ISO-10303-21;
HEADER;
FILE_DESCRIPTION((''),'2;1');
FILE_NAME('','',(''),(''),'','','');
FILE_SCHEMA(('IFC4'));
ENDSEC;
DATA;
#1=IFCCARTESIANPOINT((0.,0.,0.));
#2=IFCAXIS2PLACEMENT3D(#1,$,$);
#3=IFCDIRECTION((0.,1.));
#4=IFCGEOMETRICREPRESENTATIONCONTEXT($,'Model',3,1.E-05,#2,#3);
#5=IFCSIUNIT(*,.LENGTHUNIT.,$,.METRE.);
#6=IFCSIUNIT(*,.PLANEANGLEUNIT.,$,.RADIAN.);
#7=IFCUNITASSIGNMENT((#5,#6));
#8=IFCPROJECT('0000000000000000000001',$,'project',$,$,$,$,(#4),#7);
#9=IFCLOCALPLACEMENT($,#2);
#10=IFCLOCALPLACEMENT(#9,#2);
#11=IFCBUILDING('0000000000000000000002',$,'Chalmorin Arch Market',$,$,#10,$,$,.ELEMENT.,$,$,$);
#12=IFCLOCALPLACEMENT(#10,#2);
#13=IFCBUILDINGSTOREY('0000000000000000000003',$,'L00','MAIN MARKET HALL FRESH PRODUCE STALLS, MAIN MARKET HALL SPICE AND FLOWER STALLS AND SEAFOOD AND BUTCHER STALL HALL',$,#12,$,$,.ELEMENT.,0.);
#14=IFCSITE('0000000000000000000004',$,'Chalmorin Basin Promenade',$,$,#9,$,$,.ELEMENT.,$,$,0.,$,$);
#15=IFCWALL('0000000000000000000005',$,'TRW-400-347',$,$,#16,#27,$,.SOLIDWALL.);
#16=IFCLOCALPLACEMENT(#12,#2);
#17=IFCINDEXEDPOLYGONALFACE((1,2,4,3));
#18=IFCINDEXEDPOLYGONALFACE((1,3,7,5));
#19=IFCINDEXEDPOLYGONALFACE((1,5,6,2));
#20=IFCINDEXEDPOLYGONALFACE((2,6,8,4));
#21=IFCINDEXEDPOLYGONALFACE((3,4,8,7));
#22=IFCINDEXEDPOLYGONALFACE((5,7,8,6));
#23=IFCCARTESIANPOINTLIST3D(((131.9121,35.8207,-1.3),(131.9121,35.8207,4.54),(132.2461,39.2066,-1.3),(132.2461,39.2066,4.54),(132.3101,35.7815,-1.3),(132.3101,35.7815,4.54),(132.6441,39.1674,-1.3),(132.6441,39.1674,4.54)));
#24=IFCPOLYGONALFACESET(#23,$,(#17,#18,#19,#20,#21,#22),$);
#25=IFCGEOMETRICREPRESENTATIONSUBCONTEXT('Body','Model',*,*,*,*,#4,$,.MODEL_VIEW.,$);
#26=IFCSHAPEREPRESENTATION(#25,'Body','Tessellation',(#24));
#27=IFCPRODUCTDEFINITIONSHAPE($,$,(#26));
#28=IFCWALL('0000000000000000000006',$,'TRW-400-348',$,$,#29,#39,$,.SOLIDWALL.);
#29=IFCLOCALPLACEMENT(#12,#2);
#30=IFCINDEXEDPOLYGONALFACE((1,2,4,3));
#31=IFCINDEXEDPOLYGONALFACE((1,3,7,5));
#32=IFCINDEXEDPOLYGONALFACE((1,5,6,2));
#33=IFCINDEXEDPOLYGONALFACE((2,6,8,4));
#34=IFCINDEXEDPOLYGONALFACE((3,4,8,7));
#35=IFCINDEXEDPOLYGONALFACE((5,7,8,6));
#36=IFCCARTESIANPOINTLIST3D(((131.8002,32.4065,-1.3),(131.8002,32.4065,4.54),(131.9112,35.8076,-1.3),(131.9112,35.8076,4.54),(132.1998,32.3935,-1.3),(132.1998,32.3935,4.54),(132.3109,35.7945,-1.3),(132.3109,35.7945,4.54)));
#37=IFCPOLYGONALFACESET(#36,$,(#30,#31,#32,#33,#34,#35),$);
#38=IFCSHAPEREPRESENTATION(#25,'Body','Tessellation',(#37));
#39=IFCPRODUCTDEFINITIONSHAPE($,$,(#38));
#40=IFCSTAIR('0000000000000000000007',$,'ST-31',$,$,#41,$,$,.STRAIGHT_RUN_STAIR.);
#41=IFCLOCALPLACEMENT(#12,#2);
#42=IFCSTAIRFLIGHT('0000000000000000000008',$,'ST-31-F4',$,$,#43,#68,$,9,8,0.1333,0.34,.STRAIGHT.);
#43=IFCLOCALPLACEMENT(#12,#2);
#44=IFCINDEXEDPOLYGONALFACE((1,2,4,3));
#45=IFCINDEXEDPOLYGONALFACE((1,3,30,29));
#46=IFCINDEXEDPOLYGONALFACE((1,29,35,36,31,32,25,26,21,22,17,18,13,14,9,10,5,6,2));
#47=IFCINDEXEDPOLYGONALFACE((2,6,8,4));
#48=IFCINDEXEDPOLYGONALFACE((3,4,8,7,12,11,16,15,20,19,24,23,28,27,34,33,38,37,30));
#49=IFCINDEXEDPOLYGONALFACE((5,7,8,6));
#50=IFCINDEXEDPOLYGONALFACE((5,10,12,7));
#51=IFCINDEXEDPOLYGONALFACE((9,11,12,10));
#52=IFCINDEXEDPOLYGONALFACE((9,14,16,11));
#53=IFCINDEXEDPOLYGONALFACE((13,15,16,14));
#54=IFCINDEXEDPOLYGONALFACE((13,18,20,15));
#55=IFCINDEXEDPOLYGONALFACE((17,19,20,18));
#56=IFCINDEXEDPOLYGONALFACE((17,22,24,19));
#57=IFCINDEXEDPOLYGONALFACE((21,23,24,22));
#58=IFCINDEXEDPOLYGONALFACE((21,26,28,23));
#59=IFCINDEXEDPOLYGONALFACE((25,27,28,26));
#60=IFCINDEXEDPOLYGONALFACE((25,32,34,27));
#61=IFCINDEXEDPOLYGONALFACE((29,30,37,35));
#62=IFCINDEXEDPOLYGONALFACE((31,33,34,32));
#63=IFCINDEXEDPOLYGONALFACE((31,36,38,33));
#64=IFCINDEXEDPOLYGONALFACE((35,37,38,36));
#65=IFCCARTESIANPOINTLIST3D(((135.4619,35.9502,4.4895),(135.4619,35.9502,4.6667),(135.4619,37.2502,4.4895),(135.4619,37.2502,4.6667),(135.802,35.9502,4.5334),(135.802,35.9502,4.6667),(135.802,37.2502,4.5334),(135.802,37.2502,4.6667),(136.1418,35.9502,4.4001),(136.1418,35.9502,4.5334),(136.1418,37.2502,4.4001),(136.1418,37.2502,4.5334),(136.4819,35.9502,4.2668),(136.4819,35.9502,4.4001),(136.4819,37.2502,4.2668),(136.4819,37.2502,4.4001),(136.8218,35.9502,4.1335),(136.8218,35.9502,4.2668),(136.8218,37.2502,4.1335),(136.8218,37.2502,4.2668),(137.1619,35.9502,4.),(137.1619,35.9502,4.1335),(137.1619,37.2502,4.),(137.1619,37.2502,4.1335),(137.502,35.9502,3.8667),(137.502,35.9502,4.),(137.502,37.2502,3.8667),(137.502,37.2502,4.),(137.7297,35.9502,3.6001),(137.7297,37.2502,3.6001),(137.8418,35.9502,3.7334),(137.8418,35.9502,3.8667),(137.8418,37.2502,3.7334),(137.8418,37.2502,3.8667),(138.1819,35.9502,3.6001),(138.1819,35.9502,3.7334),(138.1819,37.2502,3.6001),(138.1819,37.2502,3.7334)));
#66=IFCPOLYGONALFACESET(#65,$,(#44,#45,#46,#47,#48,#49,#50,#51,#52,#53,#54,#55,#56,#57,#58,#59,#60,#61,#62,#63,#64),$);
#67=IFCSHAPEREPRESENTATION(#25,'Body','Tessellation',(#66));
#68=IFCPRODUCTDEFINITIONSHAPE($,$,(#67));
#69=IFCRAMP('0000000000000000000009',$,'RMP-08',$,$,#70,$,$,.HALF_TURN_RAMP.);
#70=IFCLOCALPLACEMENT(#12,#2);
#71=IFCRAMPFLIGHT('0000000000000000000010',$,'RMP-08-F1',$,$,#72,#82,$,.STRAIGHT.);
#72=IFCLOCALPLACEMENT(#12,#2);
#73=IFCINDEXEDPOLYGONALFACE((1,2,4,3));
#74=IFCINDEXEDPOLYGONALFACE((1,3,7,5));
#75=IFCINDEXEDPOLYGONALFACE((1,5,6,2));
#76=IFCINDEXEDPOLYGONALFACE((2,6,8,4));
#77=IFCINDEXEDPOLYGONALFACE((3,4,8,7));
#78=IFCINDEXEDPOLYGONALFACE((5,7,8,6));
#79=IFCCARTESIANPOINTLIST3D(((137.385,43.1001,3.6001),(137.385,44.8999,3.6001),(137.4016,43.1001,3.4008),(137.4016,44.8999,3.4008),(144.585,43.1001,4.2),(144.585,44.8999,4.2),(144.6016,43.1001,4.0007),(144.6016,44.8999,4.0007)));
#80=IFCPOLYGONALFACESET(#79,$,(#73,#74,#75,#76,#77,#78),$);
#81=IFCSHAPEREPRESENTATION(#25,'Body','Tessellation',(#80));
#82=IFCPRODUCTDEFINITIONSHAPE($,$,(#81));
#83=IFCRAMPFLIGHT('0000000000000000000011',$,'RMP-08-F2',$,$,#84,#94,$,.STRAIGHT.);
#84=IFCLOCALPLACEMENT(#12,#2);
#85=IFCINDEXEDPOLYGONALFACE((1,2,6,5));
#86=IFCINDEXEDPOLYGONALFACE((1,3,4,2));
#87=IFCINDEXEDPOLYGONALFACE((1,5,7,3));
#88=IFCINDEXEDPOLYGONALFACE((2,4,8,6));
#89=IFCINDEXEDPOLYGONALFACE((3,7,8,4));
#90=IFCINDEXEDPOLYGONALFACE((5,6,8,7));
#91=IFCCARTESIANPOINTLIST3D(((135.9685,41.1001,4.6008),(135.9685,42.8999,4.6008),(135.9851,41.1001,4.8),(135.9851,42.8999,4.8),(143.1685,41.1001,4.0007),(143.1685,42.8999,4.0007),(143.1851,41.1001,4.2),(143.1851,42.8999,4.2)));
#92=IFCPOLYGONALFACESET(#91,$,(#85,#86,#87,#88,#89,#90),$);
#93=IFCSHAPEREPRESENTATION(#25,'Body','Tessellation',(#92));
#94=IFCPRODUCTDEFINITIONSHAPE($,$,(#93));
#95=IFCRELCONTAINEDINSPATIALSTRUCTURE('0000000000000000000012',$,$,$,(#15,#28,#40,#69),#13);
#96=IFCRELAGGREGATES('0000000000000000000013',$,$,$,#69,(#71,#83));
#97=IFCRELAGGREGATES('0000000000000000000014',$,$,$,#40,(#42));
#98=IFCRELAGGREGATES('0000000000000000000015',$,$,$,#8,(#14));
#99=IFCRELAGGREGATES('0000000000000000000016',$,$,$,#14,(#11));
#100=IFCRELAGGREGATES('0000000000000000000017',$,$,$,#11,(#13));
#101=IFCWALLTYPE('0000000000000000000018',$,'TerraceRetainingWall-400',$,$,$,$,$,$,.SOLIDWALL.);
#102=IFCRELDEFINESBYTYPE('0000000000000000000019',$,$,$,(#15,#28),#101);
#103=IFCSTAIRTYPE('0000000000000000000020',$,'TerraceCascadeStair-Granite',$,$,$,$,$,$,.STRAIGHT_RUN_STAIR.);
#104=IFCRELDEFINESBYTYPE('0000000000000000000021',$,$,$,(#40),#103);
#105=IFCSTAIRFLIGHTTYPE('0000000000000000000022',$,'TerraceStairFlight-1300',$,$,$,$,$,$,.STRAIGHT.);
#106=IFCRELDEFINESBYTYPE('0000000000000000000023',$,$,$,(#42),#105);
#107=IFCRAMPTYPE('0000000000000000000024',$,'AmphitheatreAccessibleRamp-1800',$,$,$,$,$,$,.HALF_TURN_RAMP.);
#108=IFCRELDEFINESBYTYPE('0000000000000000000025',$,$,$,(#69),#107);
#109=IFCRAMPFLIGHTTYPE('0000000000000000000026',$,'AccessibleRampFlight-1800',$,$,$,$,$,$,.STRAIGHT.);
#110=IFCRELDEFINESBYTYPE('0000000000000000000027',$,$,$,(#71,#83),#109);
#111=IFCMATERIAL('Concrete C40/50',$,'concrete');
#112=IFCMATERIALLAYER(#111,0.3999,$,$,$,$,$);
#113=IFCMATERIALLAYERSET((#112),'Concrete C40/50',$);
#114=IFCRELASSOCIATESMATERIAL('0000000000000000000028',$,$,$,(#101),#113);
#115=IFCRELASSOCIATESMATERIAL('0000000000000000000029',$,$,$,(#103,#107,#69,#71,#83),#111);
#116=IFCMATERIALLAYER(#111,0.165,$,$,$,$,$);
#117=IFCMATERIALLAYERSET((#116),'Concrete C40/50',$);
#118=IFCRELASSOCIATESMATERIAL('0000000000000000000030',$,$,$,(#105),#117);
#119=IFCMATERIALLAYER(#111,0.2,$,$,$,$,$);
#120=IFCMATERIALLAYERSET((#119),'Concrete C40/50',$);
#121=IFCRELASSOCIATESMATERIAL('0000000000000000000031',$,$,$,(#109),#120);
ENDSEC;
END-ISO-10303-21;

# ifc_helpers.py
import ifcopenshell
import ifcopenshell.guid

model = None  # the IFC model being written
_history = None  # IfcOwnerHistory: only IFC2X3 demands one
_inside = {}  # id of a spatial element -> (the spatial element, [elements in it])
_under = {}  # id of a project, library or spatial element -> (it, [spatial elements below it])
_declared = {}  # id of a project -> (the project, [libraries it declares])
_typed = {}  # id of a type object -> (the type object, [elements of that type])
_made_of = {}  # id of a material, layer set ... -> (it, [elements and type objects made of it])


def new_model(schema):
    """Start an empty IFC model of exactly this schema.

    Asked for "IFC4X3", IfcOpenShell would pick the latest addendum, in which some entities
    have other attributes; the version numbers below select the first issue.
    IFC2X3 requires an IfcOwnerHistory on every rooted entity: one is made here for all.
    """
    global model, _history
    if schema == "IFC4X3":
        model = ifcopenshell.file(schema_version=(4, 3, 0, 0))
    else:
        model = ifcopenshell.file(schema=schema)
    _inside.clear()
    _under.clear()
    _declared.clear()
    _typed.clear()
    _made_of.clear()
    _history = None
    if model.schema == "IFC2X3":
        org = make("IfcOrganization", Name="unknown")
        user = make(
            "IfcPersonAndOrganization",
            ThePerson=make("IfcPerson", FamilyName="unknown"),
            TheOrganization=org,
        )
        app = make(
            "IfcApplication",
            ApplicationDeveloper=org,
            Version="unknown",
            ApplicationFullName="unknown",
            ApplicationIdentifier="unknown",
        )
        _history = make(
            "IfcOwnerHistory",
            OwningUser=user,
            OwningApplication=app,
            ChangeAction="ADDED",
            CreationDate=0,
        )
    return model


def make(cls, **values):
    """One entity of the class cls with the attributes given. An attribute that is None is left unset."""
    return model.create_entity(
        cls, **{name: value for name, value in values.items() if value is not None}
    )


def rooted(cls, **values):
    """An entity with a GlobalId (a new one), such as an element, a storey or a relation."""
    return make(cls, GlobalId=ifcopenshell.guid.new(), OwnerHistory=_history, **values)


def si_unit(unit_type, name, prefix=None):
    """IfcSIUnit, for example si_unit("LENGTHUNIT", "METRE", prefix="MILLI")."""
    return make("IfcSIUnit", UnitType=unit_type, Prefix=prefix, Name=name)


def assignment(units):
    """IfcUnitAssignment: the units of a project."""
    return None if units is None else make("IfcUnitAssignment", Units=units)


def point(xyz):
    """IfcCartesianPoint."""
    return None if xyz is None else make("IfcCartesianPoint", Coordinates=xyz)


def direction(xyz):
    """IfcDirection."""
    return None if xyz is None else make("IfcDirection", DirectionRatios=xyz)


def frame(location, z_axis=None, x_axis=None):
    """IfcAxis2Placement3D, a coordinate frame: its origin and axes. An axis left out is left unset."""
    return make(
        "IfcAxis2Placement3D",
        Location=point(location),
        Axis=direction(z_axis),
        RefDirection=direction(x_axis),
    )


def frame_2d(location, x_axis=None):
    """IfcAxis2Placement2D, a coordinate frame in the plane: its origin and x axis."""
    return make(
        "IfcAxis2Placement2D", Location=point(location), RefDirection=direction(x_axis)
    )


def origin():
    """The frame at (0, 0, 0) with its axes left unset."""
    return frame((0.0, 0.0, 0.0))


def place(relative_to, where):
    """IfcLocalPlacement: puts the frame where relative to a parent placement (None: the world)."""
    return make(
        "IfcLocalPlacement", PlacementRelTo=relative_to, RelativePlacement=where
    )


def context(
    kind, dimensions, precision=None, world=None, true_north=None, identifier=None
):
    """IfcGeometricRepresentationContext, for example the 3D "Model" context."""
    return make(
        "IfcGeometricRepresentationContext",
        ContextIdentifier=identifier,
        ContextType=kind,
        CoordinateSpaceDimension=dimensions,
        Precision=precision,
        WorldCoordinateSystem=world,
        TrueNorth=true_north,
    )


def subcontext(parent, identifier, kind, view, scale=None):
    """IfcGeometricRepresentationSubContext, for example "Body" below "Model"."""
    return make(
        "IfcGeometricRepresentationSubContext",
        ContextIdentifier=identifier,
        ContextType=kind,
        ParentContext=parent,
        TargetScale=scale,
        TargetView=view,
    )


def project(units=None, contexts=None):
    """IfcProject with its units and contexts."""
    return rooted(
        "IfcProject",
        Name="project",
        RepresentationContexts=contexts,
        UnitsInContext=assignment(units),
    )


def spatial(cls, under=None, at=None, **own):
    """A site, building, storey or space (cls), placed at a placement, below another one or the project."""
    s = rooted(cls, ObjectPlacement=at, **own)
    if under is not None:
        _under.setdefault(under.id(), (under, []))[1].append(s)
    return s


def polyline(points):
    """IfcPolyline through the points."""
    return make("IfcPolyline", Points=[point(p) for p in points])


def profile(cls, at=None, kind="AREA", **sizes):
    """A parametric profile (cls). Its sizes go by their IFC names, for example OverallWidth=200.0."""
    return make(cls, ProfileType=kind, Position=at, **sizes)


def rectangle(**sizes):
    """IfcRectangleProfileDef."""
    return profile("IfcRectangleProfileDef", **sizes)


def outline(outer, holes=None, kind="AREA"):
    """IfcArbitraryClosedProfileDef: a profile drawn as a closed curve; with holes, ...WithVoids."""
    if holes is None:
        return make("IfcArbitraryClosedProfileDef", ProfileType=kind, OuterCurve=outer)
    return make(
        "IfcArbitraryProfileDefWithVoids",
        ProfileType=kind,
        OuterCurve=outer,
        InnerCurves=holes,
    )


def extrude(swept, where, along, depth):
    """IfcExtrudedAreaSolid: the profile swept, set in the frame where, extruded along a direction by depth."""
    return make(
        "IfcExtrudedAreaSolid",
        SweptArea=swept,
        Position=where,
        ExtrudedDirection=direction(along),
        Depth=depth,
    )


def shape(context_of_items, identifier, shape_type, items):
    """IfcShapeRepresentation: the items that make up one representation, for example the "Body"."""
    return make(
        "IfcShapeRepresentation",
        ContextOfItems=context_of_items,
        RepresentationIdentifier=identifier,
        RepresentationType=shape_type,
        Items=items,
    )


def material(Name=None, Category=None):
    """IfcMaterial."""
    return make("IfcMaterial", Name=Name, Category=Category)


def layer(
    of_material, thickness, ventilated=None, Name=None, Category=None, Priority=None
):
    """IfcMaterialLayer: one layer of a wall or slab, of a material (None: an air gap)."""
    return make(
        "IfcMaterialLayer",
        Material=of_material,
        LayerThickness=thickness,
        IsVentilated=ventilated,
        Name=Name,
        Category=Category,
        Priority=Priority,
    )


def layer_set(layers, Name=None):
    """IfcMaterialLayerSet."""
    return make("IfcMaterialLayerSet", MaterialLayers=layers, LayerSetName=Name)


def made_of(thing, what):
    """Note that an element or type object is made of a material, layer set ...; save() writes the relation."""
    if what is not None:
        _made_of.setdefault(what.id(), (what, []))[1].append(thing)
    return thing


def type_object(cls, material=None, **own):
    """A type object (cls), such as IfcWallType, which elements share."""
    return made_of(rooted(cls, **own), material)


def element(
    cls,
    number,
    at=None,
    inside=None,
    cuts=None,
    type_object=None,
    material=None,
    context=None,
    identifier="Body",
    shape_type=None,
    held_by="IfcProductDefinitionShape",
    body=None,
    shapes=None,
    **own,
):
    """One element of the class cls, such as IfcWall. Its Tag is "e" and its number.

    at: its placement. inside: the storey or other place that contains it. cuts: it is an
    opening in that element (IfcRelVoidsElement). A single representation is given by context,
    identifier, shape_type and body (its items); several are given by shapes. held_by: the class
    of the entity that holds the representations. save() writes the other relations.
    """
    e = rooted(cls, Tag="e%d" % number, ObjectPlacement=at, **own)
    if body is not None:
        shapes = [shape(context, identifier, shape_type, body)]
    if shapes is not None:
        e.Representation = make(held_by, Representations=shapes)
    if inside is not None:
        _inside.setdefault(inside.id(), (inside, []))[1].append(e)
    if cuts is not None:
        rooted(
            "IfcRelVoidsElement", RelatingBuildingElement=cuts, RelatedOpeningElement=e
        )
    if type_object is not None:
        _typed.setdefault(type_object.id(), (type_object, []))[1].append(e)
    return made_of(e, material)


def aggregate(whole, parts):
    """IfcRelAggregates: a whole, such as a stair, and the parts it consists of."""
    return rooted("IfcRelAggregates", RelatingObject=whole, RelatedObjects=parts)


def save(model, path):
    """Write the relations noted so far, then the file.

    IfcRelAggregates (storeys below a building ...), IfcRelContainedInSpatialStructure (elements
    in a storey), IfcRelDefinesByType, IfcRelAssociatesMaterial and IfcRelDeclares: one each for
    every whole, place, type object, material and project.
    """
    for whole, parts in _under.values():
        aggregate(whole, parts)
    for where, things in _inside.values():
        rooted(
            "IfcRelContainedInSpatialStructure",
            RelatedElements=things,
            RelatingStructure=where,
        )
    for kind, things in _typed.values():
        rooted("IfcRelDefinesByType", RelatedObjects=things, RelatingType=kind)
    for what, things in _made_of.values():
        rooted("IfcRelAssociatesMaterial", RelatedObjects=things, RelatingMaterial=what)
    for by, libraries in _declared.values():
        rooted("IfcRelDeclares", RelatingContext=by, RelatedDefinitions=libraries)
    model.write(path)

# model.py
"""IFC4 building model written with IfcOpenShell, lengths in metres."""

from ifc_helpers import new_model, si_unit, direction, frame, frame_2d, origin, place, context, subcontext, project, spatial, polyline, rectangle, outline, extrude, material, layer, layer_set, type_object, element, aggregate, save


model = new_model("IFC4")

# Units and contexts
model_context = context("Model", 3, precision=1e-05, world=origin(), true_north=direction((0.0, 1.0)))
body_context = subcontext(model_context, "Body", "Model", "MODEL_VIEW")
ifc_project = project(units=[si_unit("LENGTHUNIT", "METRE"), si_unit("PLANEANGLEUNIT", "RADIAN")], contexts=[model_context])

# Site, building, storey
site_placement = place(None, origin())
site = spatial("IfcSite", under=ifc_project, at=site_placement, Name="Chalmorin Basin Promenade", CompositionType="ELEMENT", RefElevation=0.0)
building_placement = place(site_placement, origin())
building = spatial("IfcBuilding", under=site, at=building_placement, Name="Chalmorin Arch Market", CompositionType="ELEMENT")
storey_placement = place(building_placement, origin())
storey = spatial("IfcBuildingStorey", under=building, at=storey_placement, Name="L00", Description="MAIN MARKET HALL FRESH PRODUCE STALLS, MAIN MARKET HALL SPICE AND FLOWER STALLS AND SEAFOOD AND BUTCHER STALL HALL", CompositionType="ELEMENT", Elevation=0.0)

# Shared definitions
ifc_material_1 = material(Name="Concrete C40/50", Category="concrete")

# Walls
ifc_layer_1 = layer(ifc_material_1, 0.3999)
ifc_layer_set_1 = layer_set([ifc_layer_1], Name="Concrete C40/50")
wall_type_1 = type_object("IfcWallType", Name="TerraceRetainingWall-400", PredefinedType="SOLIDWALL", material=ifc_layer_set_1)
wall_1_placement = place(storey_placement, frame((132.4451, 39.187, -1.3), z_axis=(0.0, 0.0, 1.0), x_axis=(-0.098161, -0.995171, 0.0)))
element("IfcWall", 1, at=wall_1_placement, inside=storey, type_object=wall_type_1, Name="TRW-400-347", PredefinedType="SOLIDWALL", context=body_context, shape_type="SweptSolid", body=[
    extrude(rectangle(XDim=3.4023, YDim=0.3999, at=frame_2d((1.7012, 0.0))), origin(), (0.0, 0.0, 1.0), 5.8401),
])
wall_2_placement = place(storey_placement, frame((132.1111, 35.801, -1.3), z_axis=(0.0, 0.0, 1.0), x_axis=(-0.032644, -0.999467, 0.0)))
element("IfcWall", 2, at=wall_2_placement, inside=storey, type_object=wall_type_1, Name="TRW-400-348", PredefinedType="SOLIDWALL", context=body_context, shape_type="SweptSolid", body=[
    extrude(rectangle(XDim=3.4028, YDim=0.3999, at=frame_2d((1.7014, 0.0))), origin(), (0.0, 0.0, 1.0), 5.8401),
])

# Stair, stair flight
stair_type = type_object("IfcStairType", Name="TerraceCascadeStair-Granite", PredefinedType="STRAIGHT_RUN_STAIR", material=ifc_material_1)
stair_placement = place(storey_placement, origin())
stair = element("IfcStair", 3, at=stair_placement, inside=storey, type_object=stair_type, Name="ST-31", PredefinedType="STRAIGHT_RUN_STAIR")
ifc_layer_2 = layer(ifc_material_1, 0.165)
ifc_layer_set_2 = layer_set([ifc_layer_2], Name="Concrete C40/50")
stair_flight_type = type_object("IfcStairFlightType", Name="TerraceStairFlight-1300", PredefinedType="STRAIGHT", material=ifc_layer_set_2)
stair_flight_placement = place(storey_placement, frame((138.1819, 36.6001, 3.6001), z_axis=(0.0, 0.0, 1.0), x_axis=(-1.0, 0.0, 0.0)))
stair_flight = element("IfcStairFlight", 4, at=stair_flight_placement, type_object=stair_flight_type, Name="ST-31-F4", NumberOfRisers=9, NumberOfTreads=8, PredefinedType="STRAIGHT", RiserHeight=0.1333, TreadLength=0.34, context=body_context, shape_type="SweptSolid", body=[
    extrude(outline(polyline([(0.0, 0.0), (0.0, 0.1333), (0.3401, 0.1333), (0.3401, 0.2666), (0.6799, 0.2666), (0.6799, 0.3999), (1.02, 0.3999), (1.02, 0.5334), (1.3601, 0.5334), (1.3601, 0.6667), (1.7, 0.6667), (1.7, 0.8), (2.04, 0.8), (2.04, 0.9333), (2.3799, 0.9333), (2.3799, 1.0667), (2.72, 1.0667), (2.72, 1.2), (2.72, 0.8894), (0.4521, 0.0), (0.0, 0.0)])), frame((0.0, 0.6499, 0.0), z_axis=(0.0, -1.0, 0.0), x_axis=(1.0, 0.0, 0.0)), (0.0, 0.0, 1.0), 1.3),
])

# Ramp, ramp flights
ramp_type = type_object("IfcRampType", Name="AmphitheatreAccessibleRamp-1800", PredefinedType="HALF_TURN_RAMP", material=ifc_material_1)
ramp_placement = place(storey_placement, origin())
ramp = element("IfcRamp", 5, at=ramp_placement, inside=storey, type_object=ramp_type, material=ifc_material_1, Name="RMP-08", PredefinedType="HALF_TURN_RAMP")
ifc_layer_3 = layer(ifc_material_1, 0.2)
ifc_layer_set_3 = layer_set([ifc_layer_3], Name="Concrete C40/50")
ramp_flight_type = type_object("IfcRampFlightType", Name="AccessibleRampFlight-1800", PredefinedType="STRAIGHT", material=ifc_layer_set_3)
ramp_flight_1_placement = place(storey_placement, frame((137.385, 43.1001, 3.6001), z_axis=(-0.083026, 0.0, 0.996547), x_axis=(0.996547, 0.0, 0.083026)))
ramp_flight_1 = element("IfcRampFlight", 6, at=ramp_flight_1_placement, type_object=ramp_flight_type, material=ifc_material_1, Name="RMP-08-F1", PredefinedType="STRAIGHT", context=body_context, shape_type="SweptSolid", body=[
    extrude(outline(polyline([(0.0, 0.0), (7.2249, 0.0), (7.2249, 1.7998), (0.0, 1.7998), (0.0, 0.0)])), origin(), (0.0, 0.0, -1.0), 0.2),
])
ramp_flight_2_placement = place(storey_placement, frame((135.9851, 41.1001, 4.8), z_axis=(0.083059, 0.0, 0.996545), x_axis=(0.996545, 0.0, -0.083059)))
ramp_flight_2 = element("IfcRampFlight", 7, at=ramp_flight_2_placement, type_object=ramp_flight_type, material=ifc_material_1, Name="RMP-08-F2", PredefinedType="STRAIGHT", context=body_context, shape_type="SweptSolid", body=[
    extrude(outline(polyline([(0.0, 0.0), (7.2249, 0.0), (7.2249, 1.7998), (0.0, 1.7998), (0.0, 0.0)])), origin(), (0.0, 0.0, -1.0), 0.2),
])
aggregate(ramp, [ramp_flight_1, ramp_flight_2])

aggregate(stair, [stair_flight])

save(model, "model.ifc")
